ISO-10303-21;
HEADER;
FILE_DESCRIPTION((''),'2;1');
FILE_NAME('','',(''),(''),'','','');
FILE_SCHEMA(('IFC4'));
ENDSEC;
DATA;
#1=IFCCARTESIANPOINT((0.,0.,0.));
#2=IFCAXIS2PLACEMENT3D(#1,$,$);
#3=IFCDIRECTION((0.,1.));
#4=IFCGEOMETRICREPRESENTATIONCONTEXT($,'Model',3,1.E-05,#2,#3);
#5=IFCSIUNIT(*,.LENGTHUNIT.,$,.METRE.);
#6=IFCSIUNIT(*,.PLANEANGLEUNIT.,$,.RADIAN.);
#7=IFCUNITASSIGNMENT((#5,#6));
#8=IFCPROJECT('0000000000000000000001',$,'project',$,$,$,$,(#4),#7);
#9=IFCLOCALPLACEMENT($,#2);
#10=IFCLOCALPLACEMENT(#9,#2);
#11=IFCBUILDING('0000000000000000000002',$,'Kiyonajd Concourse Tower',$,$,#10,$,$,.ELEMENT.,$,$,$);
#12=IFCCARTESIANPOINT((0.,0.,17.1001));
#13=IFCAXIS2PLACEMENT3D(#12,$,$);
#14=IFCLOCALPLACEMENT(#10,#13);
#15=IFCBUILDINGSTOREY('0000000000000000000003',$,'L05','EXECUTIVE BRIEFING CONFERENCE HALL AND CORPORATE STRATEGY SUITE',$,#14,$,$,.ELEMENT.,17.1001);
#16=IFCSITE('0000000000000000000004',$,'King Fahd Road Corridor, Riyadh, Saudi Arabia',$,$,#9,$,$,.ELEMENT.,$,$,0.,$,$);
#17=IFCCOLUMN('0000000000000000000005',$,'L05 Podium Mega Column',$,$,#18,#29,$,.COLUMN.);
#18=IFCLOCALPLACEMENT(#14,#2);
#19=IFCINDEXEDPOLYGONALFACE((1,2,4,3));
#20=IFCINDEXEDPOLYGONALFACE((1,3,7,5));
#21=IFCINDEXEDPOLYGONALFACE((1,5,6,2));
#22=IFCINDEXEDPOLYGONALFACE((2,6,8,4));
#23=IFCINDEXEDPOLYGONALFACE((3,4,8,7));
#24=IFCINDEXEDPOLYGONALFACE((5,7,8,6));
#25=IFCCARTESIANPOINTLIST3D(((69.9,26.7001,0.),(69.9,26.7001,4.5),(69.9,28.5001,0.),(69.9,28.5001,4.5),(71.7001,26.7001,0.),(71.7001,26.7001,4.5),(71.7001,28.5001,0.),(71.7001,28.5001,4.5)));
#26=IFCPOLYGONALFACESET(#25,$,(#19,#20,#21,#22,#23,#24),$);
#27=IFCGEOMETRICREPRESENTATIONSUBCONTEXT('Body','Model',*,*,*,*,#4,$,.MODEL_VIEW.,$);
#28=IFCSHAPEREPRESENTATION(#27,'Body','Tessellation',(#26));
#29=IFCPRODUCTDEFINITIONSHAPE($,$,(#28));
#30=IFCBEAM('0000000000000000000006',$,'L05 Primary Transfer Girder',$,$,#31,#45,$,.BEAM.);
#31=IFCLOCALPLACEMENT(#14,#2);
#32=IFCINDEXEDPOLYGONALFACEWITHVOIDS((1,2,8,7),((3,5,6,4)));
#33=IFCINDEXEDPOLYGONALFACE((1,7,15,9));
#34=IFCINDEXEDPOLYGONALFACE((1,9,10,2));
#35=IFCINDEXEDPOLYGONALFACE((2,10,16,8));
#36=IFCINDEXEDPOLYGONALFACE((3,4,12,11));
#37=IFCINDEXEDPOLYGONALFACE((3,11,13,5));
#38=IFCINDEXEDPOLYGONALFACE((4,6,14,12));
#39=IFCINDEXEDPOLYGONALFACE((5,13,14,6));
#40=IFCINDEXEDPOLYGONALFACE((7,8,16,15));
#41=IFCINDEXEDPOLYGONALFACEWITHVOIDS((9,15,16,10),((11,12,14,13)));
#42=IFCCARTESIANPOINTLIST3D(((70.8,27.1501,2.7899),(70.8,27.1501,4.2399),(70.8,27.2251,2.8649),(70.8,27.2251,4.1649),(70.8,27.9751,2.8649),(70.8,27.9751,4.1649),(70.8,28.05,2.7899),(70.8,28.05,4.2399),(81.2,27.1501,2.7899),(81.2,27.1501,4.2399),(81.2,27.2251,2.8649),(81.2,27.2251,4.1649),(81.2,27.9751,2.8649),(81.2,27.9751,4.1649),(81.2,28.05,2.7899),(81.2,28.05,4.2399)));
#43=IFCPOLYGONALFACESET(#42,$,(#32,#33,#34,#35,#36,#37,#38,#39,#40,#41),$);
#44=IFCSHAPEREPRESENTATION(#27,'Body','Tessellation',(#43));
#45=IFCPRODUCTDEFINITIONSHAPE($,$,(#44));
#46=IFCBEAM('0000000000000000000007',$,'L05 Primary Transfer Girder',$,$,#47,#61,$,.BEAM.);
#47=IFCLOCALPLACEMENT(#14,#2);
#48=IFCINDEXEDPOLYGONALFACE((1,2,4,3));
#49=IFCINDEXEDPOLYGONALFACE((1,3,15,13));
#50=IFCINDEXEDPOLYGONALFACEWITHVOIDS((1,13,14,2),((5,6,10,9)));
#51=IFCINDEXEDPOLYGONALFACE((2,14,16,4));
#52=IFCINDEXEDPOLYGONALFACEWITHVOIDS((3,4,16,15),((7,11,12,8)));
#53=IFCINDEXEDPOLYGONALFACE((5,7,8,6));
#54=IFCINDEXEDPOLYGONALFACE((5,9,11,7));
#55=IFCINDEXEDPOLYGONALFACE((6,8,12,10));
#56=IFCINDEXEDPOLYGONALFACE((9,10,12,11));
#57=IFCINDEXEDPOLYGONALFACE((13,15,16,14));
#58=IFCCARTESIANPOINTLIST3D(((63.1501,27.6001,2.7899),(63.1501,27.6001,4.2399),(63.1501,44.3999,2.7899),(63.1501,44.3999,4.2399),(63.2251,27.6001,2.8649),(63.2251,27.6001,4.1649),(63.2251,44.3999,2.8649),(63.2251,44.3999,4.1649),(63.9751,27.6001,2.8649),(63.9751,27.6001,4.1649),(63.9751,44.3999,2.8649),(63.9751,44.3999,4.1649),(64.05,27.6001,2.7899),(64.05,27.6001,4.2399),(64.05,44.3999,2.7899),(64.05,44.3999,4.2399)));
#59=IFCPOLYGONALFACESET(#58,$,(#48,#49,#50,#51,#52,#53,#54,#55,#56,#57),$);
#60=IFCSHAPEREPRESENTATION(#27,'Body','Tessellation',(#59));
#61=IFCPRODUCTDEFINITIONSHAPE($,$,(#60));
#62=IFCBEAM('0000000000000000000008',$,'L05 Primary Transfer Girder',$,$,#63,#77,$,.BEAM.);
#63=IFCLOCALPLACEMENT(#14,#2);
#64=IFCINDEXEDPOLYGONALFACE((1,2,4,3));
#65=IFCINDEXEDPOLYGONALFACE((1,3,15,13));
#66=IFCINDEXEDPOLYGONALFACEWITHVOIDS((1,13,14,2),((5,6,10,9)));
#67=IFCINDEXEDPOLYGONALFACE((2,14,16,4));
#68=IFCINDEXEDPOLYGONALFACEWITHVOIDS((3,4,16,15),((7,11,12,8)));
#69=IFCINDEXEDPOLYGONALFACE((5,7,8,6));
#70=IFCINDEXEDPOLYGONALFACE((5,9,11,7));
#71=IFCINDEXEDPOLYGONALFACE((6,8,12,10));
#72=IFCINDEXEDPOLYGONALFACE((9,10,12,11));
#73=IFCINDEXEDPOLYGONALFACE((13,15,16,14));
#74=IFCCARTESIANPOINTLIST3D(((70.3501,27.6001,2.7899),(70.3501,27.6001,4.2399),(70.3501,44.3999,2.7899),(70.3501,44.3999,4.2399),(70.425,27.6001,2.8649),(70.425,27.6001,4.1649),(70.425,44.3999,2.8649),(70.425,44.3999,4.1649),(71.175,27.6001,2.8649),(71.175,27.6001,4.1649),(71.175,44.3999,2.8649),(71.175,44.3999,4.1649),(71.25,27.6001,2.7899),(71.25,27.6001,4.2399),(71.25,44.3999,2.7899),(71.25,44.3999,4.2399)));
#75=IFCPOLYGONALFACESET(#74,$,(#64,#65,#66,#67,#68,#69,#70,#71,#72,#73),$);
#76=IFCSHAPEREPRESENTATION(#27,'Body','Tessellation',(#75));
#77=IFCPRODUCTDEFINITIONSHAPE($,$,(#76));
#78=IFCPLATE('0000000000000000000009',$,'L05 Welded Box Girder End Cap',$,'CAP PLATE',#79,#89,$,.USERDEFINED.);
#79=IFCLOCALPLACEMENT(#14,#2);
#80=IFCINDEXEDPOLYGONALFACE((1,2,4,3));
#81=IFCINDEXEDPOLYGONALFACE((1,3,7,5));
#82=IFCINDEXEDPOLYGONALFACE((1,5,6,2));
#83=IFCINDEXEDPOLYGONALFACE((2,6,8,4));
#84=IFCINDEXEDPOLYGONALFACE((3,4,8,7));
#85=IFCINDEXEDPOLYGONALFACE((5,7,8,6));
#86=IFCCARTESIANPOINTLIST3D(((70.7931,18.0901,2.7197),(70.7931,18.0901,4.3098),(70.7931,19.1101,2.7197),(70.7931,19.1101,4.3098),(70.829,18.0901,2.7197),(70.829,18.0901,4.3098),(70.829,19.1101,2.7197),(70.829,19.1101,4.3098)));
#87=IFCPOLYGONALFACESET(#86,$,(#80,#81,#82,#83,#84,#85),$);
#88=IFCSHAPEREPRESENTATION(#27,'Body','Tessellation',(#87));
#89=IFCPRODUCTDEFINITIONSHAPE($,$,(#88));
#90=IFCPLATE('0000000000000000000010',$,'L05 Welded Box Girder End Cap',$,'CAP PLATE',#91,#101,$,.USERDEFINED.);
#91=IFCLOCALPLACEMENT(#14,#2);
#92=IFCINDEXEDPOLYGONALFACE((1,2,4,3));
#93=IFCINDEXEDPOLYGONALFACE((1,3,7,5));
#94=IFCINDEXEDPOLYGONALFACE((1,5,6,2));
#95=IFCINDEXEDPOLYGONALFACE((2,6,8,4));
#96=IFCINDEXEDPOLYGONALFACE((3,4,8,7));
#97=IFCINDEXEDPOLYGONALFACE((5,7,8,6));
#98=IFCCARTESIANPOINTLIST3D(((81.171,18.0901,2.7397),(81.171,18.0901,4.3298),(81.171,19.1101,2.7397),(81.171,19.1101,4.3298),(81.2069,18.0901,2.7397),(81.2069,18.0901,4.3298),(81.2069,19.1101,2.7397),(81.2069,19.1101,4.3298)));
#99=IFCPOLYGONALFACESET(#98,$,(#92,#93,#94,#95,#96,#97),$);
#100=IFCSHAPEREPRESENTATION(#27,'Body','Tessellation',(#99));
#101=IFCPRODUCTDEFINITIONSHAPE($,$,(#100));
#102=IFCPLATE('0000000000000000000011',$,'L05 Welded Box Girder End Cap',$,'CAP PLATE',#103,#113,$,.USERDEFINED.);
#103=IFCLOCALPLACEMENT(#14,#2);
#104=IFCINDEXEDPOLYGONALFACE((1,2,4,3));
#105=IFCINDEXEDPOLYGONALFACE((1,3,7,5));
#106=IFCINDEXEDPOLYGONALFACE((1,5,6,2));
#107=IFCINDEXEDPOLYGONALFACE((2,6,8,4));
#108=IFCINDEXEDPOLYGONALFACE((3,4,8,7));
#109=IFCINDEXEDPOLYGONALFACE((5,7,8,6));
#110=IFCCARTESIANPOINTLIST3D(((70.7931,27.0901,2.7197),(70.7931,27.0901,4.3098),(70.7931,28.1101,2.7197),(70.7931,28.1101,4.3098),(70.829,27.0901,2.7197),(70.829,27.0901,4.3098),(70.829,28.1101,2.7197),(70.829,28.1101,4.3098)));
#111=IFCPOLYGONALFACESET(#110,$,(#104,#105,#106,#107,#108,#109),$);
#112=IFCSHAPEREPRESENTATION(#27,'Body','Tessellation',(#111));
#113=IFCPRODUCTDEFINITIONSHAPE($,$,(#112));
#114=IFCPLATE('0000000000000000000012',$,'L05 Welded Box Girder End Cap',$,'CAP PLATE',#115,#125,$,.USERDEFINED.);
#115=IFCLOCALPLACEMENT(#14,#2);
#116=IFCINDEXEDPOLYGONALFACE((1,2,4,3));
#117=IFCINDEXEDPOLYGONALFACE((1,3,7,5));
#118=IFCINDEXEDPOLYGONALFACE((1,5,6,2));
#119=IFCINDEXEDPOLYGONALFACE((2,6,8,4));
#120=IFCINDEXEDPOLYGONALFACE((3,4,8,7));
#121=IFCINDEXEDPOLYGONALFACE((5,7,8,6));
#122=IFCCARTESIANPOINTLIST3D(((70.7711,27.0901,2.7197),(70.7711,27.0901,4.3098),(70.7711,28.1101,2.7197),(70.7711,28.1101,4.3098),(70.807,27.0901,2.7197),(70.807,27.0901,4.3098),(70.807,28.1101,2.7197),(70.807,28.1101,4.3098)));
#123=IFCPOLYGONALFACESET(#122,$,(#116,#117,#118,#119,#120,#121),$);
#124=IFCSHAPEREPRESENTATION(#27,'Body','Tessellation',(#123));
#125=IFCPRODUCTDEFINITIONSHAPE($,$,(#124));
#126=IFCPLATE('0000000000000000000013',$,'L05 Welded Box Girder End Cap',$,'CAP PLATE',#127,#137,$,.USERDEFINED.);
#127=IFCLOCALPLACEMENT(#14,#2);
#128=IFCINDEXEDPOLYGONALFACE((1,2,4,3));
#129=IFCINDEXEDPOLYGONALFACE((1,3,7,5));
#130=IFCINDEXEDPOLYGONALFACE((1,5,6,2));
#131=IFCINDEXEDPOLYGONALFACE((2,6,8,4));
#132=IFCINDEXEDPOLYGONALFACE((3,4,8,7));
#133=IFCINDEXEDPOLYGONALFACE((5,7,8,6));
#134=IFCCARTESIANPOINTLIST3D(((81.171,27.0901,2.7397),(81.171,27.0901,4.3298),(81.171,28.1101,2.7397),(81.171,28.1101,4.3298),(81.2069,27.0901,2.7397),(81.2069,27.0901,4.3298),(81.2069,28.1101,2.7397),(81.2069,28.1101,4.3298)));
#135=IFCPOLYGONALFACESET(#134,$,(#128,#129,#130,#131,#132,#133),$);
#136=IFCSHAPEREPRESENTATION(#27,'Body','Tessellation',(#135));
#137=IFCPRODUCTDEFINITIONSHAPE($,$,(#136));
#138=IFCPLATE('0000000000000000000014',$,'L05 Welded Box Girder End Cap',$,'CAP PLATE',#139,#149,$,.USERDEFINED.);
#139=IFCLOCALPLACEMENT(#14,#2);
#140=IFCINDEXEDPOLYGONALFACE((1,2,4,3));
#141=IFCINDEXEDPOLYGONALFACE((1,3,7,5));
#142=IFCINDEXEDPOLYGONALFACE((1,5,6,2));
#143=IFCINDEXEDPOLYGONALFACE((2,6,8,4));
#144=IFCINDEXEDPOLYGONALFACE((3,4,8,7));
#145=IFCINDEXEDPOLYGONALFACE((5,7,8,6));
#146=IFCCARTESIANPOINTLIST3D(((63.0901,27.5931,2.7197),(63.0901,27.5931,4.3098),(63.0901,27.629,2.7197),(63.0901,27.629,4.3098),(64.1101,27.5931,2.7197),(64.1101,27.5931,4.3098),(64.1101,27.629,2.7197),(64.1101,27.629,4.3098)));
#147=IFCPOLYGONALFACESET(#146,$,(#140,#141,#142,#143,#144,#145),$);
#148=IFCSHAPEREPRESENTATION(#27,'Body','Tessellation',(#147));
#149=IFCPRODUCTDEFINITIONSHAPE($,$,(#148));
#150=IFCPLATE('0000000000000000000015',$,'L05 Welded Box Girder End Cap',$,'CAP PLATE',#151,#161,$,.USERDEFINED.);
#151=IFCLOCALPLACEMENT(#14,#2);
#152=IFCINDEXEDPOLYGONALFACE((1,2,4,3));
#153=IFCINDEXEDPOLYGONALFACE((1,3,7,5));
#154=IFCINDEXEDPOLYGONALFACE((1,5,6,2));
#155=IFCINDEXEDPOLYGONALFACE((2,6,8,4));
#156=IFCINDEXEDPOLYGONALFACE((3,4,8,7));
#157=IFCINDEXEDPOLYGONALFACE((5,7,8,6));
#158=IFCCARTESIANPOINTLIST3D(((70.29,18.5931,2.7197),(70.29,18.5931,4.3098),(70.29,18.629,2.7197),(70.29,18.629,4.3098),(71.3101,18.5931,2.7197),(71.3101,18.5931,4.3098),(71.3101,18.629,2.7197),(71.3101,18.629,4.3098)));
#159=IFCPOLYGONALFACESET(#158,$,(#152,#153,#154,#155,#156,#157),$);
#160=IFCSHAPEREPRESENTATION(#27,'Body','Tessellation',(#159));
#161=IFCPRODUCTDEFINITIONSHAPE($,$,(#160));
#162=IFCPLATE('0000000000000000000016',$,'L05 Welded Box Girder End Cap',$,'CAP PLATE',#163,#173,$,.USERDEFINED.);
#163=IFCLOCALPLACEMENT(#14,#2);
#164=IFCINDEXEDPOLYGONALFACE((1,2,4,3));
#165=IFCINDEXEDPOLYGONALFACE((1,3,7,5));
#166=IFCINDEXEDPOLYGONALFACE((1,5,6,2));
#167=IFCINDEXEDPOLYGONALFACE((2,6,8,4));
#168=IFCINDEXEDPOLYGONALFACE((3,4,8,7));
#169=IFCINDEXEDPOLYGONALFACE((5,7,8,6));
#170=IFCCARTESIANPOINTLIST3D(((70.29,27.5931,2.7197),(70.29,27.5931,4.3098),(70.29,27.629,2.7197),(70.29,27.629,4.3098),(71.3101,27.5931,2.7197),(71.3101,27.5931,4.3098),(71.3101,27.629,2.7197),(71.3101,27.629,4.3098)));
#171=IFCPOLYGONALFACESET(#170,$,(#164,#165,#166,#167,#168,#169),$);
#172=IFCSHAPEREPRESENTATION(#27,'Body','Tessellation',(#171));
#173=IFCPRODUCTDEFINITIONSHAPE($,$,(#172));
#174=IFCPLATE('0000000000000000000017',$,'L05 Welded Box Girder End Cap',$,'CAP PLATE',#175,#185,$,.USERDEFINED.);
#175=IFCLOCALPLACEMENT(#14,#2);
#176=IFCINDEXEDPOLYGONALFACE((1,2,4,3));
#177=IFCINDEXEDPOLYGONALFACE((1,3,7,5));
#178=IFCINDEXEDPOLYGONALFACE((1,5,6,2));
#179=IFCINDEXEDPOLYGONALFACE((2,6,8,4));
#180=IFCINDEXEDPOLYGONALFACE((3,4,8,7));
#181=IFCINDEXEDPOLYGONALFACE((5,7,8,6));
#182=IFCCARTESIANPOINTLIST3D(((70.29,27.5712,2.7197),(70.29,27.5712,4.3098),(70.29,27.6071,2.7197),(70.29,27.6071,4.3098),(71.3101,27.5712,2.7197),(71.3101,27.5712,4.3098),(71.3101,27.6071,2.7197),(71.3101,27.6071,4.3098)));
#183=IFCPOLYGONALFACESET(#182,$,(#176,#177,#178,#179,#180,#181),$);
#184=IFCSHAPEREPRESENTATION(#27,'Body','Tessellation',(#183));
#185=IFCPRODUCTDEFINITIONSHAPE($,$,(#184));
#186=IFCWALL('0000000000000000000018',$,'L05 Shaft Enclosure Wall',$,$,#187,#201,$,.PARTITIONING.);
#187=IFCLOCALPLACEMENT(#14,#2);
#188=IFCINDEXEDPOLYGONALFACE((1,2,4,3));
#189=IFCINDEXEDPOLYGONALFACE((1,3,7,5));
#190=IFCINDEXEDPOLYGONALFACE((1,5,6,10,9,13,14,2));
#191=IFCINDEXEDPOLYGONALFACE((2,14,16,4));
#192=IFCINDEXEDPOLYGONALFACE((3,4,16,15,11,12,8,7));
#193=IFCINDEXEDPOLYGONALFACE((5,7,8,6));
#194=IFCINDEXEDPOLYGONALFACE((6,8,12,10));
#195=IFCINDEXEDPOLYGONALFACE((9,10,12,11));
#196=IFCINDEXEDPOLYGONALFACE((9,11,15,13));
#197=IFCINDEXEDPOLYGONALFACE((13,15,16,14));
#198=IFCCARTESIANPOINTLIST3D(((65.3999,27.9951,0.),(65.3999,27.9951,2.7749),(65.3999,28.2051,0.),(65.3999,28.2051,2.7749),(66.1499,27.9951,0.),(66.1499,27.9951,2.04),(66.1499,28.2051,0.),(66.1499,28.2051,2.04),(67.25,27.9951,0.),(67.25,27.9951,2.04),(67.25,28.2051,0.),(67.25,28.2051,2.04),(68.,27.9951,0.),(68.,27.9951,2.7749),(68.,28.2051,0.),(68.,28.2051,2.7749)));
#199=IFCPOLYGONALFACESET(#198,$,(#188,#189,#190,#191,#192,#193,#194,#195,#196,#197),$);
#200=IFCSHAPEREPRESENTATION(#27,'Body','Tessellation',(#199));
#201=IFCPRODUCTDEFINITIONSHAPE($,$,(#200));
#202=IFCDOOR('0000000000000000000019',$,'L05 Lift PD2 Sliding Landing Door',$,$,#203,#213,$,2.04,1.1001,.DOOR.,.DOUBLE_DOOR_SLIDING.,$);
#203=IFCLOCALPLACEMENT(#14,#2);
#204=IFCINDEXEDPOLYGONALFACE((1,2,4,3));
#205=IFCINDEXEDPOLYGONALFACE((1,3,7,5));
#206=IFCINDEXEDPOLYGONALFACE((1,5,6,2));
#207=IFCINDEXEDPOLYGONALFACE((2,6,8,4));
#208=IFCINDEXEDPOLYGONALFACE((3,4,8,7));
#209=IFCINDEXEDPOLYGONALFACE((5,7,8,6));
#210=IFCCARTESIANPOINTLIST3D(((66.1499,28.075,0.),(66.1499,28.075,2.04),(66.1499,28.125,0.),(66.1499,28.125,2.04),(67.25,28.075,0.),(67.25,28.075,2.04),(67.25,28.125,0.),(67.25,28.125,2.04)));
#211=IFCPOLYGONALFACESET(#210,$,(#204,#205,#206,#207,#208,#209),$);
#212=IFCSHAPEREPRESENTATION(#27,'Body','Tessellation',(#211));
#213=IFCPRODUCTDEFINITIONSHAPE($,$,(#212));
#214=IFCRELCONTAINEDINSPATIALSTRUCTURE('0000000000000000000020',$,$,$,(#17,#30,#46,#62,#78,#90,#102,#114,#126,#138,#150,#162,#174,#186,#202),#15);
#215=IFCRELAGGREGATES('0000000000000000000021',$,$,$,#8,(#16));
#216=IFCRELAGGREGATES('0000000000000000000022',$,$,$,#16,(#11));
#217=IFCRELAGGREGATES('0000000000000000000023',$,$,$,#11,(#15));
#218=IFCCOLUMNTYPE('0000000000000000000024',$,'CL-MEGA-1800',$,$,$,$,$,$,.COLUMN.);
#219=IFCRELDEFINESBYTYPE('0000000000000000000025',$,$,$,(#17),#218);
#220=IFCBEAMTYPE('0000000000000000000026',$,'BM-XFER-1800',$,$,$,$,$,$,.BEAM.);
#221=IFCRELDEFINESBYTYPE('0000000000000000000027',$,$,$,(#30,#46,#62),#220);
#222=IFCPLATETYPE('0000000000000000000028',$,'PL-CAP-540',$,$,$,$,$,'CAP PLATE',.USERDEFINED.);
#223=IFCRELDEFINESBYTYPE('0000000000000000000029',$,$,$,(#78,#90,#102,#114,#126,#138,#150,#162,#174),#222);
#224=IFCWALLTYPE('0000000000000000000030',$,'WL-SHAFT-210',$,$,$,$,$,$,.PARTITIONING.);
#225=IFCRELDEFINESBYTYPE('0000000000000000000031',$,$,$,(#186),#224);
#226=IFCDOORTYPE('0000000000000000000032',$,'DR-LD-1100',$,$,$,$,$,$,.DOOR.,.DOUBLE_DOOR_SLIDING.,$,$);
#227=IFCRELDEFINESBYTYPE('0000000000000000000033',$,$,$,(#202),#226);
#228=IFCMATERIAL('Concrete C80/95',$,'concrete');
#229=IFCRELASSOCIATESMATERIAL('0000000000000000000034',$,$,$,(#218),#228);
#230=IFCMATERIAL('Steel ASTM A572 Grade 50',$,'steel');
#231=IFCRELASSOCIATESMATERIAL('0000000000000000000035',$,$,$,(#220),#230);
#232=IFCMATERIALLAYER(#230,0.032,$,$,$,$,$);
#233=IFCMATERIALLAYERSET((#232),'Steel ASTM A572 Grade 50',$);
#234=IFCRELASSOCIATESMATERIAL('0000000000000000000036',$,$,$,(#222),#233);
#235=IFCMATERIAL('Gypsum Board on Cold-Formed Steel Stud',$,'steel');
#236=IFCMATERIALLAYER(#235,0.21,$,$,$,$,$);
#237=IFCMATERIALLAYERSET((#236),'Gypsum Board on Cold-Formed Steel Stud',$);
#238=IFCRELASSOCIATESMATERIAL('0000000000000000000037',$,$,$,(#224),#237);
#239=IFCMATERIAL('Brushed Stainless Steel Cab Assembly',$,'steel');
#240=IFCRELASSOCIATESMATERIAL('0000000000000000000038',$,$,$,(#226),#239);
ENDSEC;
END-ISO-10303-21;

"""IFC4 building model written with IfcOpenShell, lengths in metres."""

from ifc_helpers import new_model, si_unit, direction, frame, frame_2d, origin, origin_2d, place, context, subcontext, project, spatial, rectangle, hollow_rectangle, extrude, material, layer, layer_set, material_profile, profile_set, type_object, element, fill, save


model = new_model("IFC4")

# Units and contexts
model_context = context("Model", 3, precision=1e-05, world=origin(), true_north=direction((0.0, 1.0)))
body_context = subcontext(model_context, "Body", "Model", "MODEL_VIEW")
ifc_project = project(units=[si_unit("LENGTHUNIT", "METRE"), si_unit("PLANEANGLEUNIT", "RADIAN")], contexts=[model_context])

# Site, building, storey
site_placement = place(None, origin())
site = spatial("IfcSite", under=ifc_project, at=site_placement, Name="King Fahd Road Corridor, Riyadh, Saudi Arabia", CompositionType="ELEMENT", RefElevation=0.0)
building_placement = place(site_placement, origin())
building = spatial("IfcBuilding", under=site, at=building_placement, Name="Kiyonajd Concourse Tower", CompositionType="ELEMENT")
storey_placement = place(building_placement, frame((0.0, 0.0, 17.1001)))
storey = spatial("IfcBuildingStorey", under=building, at=storey_placement, Name="L05", Description="EXECUTIVE BRIEFING CONFERENCE HALL AND CORPORATE STRATEGY SUITE", CompositionType="ELEMENT", Elevation=17.1001)

# Column
ifc_material_1 = material(Name="Concrete C80/95", Category="concrete")
ifc_material_profile_1 = material_profile(ifc_material_1, rectangle(XDim=1.8, YDim=1.8, at=origin_2d()), Name="RC-1800x1800")
ifc_profile_set_1 = profile_set([ifc_material_profile_1], Name="Concrete C80/95")
column_type = type_object("IfcColumnType", Name="CL-MEGA-1800", PredefinedType="COLUMN", material=ifc_profile_set_1)
column_placement = place(storey_placement, frame((70.8, 27.6001, 0.0), z_axis=(0.0, 0.0, 1.0), x_axis=(1.0, 0.0, 0.0)))
element("IfcColumn", 1, at=column_placement, inside=storey, type_object=column_type, Name="L05 Podium Mega Column", PredefinedType="COLUMN", context=body_context, shape_type="SweptSolid", body=[
    extrude(rectangle(XDim=1.8, YDim=1.8, at=origin_2d()), origin(), (0.0, 0.0, 1.0), 4.5),
])

# Beams
ifc_material_2 = material(Name="Steel ASTM A572 Grade 50", Category="steel")
ifc_material_profile_2 = material_profile(ifc_material_2, hollow_rectangle(XDim=0.8999, YDim=1.45, WallThickness=0.075, at=origin_2d()), Name="BOX-1450x900x75")
ifc_profile_set_2 = profile_set([ifc_material_profile_2], Name="Steel ASTM A572 Grade 50")
beam_type = type_object("IfcBeamType", Name="BM-XFER-1800", PredefinedType="BEAM", material=ifc_profile_set_2)
beam_placement = place(storey_placement, frame((70.8, 27.6001, 3.5149), z_axis=(1.0, 0.0, 0.0), x_axis=(0.0, 1.0, 0.0)))
element("IfcBeam", 2, at=beam_placement, inside=storey, type_object=beam_type, Name="L05 Primary Transfer Girder", PredefinedType="BEAM", context=body_context, shape_type="SweptSolid", body=[
    extrude(hollow_rectangle(XDim=0.8999, YDim=1.45, WallThickness=0.075, at=origin_2d()), origin(), (0.0, 0.0, 1.0), 10.3999),
])
for number, where, z_axis, x_axis, name in (
    (3, (63.6001, 27.6001, 3.5149), (0.0, 1.0, 0.0), (-1.0, 0.0, 0.0), "L05 Primary Transfer Girder"),
    (4, (70.8, 27.6001, 3.5149), (0.0, 1.0, 0.0), (-1.0, 0.0, 0.0), "L05 Primary Transfer Girder"),
):
    element("IfcBeam", number, at=place(storey_placement, frame(where, z_axis=z_axis, x_axis=x_axis)), inside=storey, type_object=beam_type, Name=name, PredefinedType="BEAM", context=body_context, shape_type="SweptSolid", body=[
        extrude(hollow_rectangle(XDim=0.8999, YDim=1.45, WallThickness=0.075, at=origin_2d()), origin(), (0.0, 0.0, 1.0), 16.7998),
    ])

# Plates
ifc_layer_1 = layer(ifc_material_2, 0.032)
ifc_layer_set_1 = layer_set([ifc_layer_1], Name="Steel ASTM A572 Grade 50")
plate_type = type_object("IfcPlateType", Name="PL-CAP-540", ElementType="CAP PLATE", PredefinedType="USERDEFINED", material=ifc_layer_set_1)
for number, where, z_axis, x_axis, name in (
    (5, (70.811, 18.6001, 2.7197), (0.0, 0.0, 1.0), (1.0, 0.0, 0.0), "L05 Welded Box Girder End Cap"),
    (6, (81.189, 18.6001, 2.7397), (0.0, 0.0, 1.0), (-1.0, 0.0, 0.0), "L05 Welded Box Girder End Cap"),
    (7, (70.811, 27.6001, 2.7197), (0.0, 0.0, 1.0), (1.0, 0.0, 0.0), "L05 Welded Box Girder End Cap"),
    (8, (70.7891, 27.6001, 2.7197), (0.0, 0.0, 1.0), (-1.0, 0.0, 0.0), "L05 Welded Box Girder End Cap"),
    (9, (81.189, 27.6001, 2.7397), (0.0, 0.0, 1.0), (-1.0, 0.0, 0.0), "L05 Welded Box Girder End Cap"),
    (10, (63.6001, 27.6111, 2.7197), (0.0, 0.0, 1.0), (0.0, 1.0, 0.0), "L05 Welded Box Girder End Cap"),
    (11, (70.8, 18.6111, 2.7197), (0.0, 0.0, 1.0), (0.0, 1.0, 0.0), "L05 Welded Box Girder End Cap"),
    (12, (70.8, 27.6111, 2.7197), (0.0, 0.0, 1.0), (0.0, 1.0, 0.0), "L05 Welded Box Girder End Cap"),
    (13, (70.8, 27.5891, 2.7197), (0.0, 0.0, 1.0), (0.0, -1.0, 0.0), "L05 Welded Box Girder End Cap"),
):
    element("IfcPlate", number, at=place(storey_placement, frame(where, z_axis=z_axis, x_axis=x_axis)), inside=storey, type_object=plate_type, Name=name, ObjectType="CAP PLATE", PredefinedType="USERDEFINED", context=body_context, shape_type="SweptSolid", body=[
        extrude(rectangle(XDim=0.0359, YDim=1.02, at=origin_2d()), origin(), (0.0, 0.0, 1.0), 1.5901),
    ])

# Wall, opening, door
ifc_material_3 = material(Name="Gypsum Board on Cold-Formed Steel Stud", Category="steel")
ifc_layer_2 = layer(ifc_material_3, 0.21)
ifc_layer_set_2 = layer_set([ifc_layer_2], Name="Gypsum Board on Cold-Formed Steel Stud")
wall_type_1 = type_object("IfcWallType", Name="WL-SHAFT-210", PredefinedType="PARTITIONING", material=ifc_layer_set_2)
wall_1_placement = place(storey_placement, frame((65.3999, 28.1001, 0.0), z_axis=(0.0, 0.0, 1.0), x_axis=(1.0, 0.0, 0.0)))
wall_1 = element("IfcWall", 14, at=wall_1_placement, inside=storey, type_object=wall_type_1, Name="L05 Shaft Enclosure Wall", PredefinedType="PARTITIONING", context=body_context, shape_type="SweptSolid", body=[
    extrude(rectangle(XDim=2.6001, YDim=0.21, at=frame_2d((1.3, 0.0))), origin(), (0.0, 0.0, 1.0), 2.7749),
])
opening_1_placement = place(wall_1_placement, frame((0.75, 0.0, 0.0)))
opening_1 = element("IfcOpeningElement", 15, at=opening_1_placement, cuts=wall_1, PredefinedType="OPENING", context=body_context, shape_type="SweptSolid", body=[
    extrude(rectangle(XDim=1.1001, YDim=2.04, at=frame_2d((0.55, 1.02))), frame((0.0, 0.115, 0.0), z_axis=(0.0, -1.0, 0.0), x_axis=(1.0, 0.0, 0.0)), (0.0, 0.0, 1.0), 0.23),
])
ifc_material_4 = material(Name="Brushed Stainless Steel Cab Assembly", Category="steel")
door_type_1 = type_object("IfcDoorType", Name="DR-LD-1100", OperationType="DOUBLE_DOOR_SLIDING", PredefinedType="DOOR", material=ifc_material_4)
door_1_placement = place(opening_1_placement, origin())
door_1 = element("IfcDoor", 16, at=door_1_placement, inside=storey, type_object=door_type_1, Name="L05 Lift PD2 Sliding Landing Door", OperationType="DOUBLE_DOOR_SLIDING", OverallHeight=2.04, OverallWidth=1.1001, PredefinedType="DOOR", context=body_context, shape_type="SweptSolid", body=[
    extrude(rectangle(XDim=1.1001, YDim=2.04, at=frame_2d((0.55, 1.02))), frame((0.0, 0.0249, 0.0), z_axis=(0.0, -1.0, 0.0), x_axis=(1.0, 0.0, 0.0)), (0.0, 0.0, 1.0), 0.05),
])
fill(opening_1, door_1)

save(model, "model.ifc")
